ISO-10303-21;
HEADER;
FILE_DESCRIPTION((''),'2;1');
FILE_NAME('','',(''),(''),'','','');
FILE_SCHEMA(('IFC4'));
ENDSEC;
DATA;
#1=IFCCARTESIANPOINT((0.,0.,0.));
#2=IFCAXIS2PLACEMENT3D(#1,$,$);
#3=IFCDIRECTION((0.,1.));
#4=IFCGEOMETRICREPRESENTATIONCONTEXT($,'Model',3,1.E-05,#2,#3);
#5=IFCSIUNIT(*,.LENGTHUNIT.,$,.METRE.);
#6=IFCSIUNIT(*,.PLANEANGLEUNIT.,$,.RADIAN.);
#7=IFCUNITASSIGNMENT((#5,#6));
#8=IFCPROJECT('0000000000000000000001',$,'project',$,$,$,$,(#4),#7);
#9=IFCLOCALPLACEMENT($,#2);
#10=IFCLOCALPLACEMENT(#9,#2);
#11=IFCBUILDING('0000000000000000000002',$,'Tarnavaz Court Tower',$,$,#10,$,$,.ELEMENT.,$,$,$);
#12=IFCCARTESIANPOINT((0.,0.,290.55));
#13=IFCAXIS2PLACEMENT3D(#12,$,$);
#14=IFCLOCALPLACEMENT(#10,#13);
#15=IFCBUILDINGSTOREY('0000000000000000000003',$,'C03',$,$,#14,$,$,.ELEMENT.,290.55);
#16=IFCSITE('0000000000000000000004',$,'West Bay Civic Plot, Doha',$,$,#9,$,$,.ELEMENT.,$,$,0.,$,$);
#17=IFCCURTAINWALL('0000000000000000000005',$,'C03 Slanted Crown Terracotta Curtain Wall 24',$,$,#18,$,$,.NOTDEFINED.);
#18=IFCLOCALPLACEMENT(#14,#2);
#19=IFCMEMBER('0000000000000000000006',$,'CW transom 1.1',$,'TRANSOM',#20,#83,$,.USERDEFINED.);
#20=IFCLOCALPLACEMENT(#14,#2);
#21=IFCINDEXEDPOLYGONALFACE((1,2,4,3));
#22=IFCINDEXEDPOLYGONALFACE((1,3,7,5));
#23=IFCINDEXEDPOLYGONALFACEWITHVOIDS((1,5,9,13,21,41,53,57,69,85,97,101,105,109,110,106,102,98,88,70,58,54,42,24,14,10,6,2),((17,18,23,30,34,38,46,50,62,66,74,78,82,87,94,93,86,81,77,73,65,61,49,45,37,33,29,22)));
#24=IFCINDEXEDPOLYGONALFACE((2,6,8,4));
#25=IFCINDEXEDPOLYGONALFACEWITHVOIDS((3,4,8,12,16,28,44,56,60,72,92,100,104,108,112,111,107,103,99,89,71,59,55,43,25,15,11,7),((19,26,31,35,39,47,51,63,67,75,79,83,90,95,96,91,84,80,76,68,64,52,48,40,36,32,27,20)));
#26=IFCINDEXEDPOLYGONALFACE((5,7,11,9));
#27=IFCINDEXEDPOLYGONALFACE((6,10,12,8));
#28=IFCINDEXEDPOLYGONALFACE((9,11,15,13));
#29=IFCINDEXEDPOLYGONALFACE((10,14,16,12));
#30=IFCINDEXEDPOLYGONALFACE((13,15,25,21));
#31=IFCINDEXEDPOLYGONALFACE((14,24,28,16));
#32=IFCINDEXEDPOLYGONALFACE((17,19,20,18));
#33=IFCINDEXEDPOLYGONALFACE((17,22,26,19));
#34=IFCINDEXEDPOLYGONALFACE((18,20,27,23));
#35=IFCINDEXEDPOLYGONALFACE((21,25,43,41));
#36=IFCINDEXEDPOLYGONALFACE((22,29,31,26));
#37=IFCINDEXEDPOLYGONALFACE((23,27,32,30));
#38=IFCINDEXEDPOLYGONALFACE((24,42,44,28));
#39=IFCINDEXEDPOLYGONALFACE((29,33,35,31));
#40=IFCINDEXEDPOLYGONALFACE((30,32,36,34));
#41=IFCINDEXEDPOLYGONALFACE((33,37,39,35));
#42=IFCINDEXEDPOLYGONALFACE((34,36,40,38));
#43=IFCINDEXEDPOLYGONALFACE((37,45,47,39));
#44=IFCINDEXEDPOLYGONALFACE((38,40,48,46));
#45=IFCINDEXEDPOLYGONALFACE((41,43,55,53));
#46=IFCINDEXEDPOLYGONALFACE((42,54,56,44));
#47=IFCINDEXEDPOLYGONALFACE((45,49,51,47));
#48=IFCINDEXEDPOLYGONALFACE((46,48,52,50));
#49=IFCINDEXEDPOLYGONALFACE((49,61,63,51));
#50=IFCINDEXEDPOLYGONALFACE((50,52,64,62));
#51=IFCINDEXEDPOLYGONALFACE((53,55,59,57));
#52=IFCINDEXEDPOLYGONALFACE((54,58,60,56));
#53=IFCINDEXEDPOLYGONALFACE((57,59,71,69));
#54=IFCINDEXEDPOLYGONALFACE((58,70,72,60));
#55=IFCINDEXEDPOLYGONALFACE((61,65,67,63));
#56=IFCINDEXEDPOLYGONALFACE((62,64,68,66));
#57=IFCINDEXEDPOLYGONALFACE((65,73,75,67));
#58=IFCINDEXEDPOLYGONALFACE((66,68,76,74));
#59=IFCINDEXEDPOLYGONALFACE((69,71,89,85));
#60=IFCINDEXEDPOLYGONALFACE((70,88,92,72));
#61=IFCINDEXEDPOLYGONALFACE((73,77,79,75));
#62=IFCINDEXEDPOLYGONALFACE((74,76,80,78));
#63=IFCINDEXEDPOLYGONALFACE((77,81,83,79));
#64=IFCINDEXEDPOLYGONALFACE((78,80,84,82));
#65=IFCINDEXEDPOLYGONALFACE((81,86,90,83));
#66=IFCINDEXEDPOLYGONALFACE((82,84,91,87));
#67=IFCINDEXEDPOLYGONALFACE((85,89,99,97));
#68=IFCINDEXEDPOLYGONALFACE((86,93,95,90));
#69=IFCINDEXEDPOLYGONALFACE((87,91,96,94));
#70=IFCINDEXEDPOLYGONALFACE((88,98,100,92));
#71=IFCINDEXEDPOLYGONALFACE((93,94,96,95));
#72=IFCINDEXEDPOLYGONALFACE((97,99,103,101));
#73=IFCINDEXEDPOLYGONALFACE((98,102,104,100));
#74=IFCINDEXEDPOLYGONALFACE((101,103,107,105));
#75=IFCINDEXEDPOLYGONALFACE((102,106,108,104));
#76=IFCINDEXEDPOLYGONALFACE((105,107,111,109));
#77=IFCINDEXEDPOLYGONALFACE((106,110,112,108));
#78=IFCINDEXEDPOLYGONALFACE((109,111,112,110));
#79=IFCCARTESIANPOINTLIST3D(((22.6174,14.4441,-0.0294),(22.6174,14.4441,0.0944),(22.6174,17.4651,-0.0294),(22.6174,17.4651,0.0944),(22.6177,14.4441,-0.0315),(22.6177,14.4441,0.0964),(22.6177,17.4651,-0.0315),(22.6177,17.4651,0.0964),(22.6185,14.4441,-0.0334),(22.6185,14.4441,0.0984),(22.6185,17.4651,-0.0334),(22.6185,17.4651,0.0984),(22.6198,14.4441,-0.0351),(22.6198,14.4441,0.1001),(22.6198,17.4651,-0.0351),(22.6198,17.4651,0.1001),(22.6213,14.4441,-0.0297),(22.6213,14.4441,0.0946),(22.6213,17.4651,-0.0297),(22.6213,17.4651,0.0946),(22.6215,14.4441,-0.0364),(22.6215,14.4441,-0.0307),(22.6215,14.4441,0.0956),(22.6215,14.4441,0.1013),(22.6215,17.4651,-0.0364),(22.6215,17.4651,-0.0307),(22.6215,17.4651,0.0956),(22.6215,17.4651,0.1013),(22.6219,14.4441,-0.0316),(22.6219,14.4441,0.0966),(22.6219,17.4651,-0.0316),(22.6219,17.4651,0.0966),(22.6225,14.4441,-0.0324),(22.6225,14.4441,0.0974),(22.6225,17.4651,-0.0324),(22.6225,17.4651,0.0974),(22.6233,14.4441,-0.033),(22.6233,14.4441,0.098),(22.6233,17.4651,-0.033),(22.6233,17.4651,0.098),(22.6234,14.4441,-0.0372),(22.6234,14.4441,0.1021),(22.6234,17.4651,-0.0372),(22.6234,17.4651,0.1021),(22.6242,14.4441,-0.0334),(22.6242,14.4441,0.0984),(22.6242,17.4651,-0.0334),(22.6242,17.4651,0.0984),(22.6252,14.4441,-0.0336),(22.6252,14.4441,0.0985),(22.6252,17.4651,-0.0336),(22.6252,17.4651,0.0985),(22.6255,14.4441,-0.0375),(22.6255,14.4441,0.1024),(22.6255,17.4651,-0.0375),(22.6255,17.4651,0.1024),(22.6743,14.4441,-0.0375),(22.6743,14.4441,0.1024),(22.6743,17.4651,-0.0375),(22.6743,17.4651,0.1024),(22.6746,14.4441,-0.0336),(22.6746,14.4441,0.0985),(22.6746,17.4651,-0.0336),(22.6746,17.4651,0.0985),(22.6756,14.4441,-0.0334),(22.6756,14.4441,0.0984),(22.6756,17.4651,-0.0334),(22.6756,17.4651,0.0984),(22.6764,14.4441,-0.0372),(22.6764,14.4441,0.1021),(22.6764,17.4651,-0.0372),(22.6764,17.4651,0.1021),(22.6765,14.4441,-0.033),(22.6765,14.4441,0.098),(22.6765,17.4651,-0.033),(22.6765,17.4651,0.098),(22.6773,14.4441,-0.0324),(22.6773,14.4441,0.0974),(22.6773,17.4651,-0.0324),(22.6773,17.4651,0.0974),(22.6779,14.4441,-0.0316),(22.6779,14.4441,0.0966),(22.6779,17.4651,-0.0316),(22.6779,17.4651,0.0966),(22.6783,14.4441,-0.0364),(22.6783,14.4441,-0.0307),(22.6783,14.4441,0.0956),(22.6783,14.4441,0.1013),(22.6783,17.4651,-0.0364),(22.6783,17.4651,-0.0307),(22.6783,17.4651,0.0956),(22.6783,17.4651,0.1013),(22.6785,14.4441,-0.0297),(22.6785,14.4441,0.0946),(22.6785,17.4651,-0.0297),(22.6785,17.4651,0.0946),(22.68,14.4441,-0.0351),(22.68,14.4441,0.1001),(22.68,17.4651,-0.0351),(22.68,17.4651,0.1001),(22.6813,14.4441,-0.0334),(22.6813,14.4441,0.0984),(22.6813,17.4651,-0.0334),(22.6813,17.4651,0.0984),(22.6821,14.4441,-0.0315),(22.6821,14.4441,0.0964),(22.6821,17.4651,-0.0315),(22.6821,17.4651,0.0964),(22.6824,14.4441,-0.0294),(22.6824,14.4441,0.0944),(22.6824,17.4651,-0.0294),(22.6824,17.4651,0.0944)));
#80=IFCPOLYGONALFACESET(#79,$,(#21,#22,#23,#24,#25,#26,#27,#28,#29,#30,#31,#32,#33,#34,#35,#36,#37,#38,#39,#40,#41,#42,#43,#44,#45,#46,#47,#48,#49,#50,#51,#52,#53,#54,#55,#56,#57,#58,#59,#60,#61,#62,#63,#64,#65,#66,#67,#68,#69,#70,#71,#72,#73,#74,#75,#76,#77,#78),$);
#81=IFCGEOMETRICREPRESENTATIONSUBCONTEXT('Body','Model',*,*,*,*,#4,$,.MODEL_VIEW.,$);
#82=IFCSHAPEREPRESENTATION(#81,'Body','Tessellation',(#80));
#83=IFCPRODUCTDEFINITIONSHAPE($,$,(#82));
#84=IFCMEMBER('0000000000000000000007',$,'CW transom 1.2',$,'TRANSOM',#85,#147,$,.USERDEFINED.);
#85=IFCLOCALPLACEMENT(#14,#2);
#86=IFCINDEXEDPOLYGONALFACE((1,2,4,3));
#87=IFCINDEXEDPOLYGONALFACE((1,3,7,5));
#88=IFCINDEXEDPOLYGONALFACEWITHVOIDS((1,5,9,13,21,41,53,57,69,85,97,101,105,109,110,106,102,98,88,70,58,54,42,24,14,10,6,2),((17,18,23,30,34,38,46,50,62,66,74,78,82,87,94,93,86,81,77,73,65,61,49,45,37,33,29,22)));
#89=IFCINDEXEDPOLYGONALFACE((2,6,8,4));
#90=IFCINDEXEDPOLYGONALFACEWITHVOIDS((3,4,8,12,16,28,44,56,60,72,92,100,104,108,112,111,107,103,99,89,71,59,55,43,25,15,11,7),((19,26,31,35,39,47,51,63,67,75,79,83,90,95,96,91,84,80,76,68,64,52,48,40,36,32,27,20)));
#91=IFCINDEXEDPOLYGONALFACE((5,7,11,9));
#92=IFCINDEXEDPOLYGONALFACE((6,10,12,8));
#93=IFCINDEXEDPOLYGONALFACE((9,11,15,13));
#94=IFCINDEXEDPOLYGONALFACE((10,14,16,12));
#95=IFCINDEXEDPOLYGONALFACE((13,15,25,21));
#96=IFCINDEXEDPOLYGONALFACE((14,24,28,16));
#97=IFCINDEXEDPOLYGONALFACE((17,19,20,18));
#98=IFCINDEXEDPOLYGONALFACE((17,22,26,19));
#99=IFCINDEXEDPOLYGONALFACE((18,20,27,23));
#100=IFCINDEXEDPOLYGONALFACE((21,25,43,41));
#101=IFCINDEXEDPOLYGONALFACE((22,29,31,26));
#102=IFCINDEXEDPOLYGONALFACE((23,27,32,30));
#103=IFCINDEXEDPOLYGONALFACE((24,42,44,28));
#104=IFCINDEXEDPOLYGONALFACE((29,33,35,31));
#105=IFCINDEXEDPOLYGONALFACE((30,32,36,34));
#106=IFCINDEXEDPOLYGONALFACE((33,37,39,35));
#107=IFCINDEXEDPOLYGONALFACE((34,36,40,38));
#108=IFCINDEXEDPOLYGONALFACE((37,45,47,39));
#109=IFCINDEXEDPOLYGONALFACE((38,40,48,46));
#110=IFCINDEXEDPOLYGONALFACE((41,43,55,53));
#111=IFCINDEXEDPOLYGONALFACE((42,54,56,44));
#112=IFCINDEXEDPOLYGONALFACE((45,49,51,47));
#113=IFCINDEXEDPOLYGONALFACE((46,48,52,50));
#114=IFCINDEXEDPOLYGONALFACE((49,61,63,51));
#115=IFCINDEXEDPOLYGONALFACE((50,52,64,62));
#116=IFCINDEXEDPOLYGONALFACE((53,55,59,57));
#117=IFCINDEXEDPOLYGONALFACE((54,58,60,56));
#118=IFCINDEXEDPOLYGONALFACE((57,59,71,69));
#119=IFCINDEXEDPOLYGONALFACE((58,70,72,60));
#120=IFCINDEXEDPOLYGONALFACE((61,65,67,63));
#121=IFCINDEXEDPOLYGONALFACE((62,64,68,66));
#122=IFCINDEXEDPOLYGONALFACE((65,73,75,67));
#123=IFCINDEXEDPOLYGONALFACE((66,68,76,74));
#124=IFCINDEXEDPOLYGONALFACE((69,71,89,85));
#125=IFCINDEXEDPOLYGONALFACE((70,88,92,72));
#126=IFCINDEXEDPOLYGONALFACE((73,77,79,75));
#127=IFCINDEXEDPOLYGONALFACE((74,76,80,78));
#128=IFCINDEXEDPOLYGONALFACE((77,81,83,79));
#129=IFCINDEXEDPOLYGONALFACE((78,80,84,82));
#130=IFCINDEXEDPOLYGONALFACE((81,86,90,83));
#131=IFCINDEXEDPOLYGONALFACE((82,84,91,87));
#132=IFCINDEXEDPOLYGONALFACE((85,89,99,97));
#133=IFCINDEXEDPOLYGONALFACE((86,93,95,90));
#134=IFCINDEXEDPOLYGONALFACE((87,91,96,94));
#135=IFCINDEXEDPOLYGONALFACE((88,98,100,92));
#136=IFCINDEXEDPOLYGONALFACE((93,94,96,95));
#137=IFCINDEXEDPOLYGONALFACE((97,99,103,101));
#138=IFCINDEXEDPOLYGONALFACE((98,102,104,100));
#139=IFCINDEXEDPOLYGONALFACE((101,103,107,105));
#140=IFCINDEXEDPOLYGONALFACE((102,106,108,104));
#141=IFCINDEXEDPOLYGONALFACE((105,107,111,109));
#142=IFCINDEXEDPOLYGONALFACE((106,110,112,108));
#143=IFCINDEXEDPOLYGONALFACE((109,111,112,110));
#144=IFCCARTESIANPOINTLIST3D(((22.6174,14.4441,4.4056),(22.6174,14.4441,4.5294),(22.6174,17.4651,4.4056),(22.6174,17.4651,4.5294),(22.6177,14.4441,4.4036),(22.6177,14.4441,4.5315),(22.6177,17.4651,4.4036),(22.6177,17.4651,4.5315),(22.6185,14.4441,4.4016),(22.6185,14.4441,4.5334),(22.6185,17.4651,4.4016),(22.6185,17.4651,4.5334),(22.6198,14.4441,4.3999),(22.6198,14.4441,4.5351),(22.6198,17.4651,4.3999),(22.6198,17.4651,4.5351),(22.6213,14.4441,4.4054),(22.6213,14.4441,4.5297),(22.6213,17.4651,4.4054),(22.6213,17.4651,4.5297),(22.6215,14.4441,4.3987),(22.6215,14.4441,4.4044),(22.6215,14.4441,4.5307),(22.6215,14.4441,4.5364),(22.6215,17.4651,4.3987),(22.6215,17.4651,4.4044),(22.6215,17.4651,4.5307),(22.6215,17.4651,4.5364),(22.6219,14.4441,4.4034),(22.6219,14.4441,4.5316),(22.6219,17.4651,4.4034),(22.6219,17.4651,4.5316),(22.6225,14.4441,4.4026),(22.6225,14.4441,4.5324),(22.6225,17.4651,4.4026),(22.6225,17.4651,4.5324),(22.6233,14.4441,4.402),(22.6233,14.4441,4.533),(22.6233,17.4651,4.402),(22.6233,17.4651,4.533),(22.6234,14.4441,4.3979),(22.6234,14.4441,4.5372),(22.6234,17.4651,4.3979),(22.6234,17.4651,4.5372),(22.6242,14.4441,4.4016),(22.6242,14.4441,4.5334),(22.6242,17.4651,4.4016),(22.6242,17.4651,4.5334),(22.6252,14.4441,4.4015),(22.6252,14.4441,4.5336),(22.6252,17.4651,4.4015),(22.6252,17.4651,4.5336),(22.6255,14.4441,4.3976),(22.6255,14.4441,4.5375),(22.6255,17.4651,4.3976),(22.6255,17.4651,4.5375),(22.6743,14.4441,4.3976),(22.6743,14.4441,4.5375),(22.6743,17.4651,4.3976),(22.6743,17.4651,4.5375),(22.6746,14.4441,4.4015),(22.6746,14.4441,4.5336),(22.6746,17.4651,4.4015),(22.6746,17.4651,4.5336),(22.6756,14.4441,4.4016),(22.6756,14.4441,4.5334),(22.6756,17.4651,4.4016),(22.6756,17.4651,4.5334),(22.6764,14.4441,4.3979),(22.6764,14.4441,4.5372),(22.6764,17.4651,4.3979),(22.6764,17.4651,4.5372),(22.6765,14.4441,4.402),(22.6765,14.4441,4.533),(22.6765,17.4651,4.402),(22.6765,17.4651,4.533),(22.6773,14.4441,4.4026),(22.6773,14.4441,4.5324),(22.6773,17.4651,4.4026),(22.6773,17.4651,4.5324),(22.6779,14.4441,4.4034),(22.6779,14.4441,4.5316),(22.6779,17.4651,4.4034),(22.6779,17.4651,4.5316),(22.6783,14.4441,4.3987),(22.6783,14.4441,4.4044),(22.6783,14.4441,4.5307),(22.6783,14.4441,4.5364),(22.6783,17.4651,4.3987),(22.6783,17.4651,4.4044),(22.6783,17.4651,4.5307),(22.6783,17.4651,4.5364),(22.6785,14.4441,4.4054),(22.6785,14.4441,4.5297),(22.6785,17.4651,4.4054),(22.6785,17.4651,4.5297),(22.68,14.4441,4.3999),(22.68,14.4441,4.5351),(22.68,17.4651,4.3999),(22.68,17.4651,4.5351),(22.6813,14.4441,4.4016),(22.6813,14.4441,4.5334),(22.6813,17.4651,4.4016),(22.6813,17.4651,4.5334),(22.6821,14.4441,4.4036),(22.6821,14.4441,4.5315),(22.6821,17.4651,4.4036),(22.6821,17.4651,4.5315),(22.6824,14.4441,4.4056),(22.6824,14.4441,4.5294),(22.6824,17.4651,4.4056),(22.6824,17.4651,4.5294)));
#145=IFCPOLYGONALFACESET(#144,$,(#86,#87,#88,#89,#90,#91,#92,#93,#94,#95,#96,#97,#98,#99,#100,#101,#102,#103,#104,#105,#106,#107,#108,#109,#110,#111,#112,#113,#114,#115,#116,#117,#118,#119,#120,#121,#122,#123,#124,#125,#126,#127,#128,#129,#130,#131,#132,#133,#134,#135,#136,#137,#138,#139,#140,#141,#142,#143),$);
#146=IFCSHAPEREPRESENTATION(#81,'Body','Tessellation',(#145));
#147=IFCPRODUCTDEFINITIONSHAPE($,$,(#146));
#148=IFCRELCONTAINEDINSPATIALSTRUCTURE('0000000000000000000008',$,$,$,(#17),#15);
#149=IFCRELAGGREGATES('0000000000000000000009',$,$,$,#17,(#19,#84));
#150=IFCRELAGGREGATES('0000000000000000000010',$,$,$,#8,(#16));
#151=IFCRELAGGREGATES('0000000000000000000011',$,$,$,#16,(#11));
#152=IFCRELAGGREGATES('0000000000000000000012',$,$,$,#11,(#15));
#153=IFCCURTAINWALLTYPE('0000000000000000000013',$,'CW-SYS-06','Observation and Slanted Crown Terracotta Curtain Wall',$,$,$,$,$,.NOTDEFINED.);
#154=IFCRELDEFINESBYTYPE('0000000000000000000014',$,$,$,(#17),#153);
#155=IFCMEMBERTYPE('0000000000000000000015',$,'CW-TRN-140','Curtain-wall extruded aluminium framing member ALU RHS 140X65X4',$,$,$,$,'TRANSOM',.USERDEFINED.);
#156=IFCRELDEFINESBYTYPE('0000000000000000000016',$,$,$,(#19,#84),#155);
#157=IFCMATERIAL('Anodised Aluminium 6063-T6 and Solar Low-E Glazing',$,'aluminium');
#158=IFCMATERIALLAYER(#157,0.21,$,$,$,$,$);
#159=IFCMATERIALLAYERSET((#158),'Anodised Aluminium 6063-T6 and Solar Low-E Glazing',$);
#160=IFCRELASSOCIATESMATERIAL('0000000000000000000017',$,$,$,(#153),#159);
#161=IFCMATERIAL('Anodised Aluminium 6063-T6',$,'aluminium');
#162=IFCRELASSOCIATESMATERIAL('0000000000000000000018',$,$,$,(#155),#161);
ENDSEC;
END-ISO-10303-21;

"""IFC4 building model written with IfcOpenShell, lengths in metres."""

from ifc_helpers import new_model, si_unit, direction, frame, origin, origin_2d, place, context, subcontext, project, spatial, hollow_rectangle, extrude, material, layer, layer_set, material_profile, profile_set, type_object, element, aggregate, save


model = new_model("IFC4")

# Units and contexts
model_context = context("Model", 3, precision=1e-05, world=origin(), true_north=direction((0.0, 1.0)))
body_context = subcontext(model_context, "Body", "Model", "MODEL_VIEW")
ifc_project = project(units=[si_unit("LENGTHUNIT", "METRE"), si_unit("PLANEANGLEUNIT", "RADIAN")], contexts=[model_context])

# Site, building, storey
site_placement = place(None, origin())
site = spatial("IfcSite", under=ifc_project, at=site_placement, Name="West Bay Civic Plot, Doha", CompositionType="ELEMENT", RefElevation=0.0)
building_placement = place(site_placement, origin())
building = spatial("IfcBuilding", under=site, at=building_placement, Name="Tarnavaz Court Tower", CompositionType="ELEMENT")
storey_placement = place(building_placement, frame((0.0, 0.0, 290.55)))
storey = spatial("IfcBuildingStorey", under=building, at=storey_placement, Name="C03", CompositionType="ELEMENT", Elevation=290.55)

# Shared definitions
ifc_material_1 = material(Name="Anodised Aluminium 6063-T6 and Solar Low-E Glazing", Category="aluminium")
ifc_layer_1 = layer(ifc_material_1, 0.21)
ifc_layer_set_1 = layer_set([ifc_layer_1], Name="Anodised Aluminium 6063-T6 and Solar Low-E Glazing")
curtain_wall_type = type_object("IfcCurtainWallType", Name="CW-SYS-06", Description="Observation and Slanted Crown Terracotta Curtain Wall", PredefinedType="NOTDEFINED", material=ifc_layer_set_1)
ifc_material_2 = material(Name="Anodised Aluminium 6063-T6", Category="aluminium")

# Curtain wall
curtain_wall_1_placement = place(storey_placement, origin())
curtain_wall_1 = element("IfcCurtainWall", 1, at=curtain_wall_1_placement, inside=storey, type_object=curtain_wall_type, Name="C03 Slanted Crown Terracotta Curtain Wall 24", PredefinedType="NOTDEFINED")

# Members
ifc_material_profile_1 = material_profile(ifc_material_2, hollow_rectangle(XDim=0.0649, YDim=0.1399, WallThickness=0.0039, InnerFilletRadius=0.0039, OuterFilletRadius=0.0081, at=origin_2d()), Name="ALU RHS 140X65X4")
ifc_profile_set_1 = profile_set([ifc_material_profile_1], Name="Anodised Aluminium 6063-T6")
member_type_1 = type_object("IfcMemberType", Name="CW-TRN-140", Description="Curtain-wall extruded aluminium framing member ALU RHS 140X65X4", ElementType="TRANSOM", PredefinedType="USERDEFINED", material=ifc_profile_set_1)
member_1_placement = place(storey_placement, frame((22.6499, 17.4651, 0.0325), z_axis=(0.0, -1.0, 0.0), x_axis=(1.0, 0.0, 0.0)))
member_1 = element("IfcMember", 2, at=member_1_placement, type_object=member_type_1, Name="CW transom 1.1", ObjectType="TRANSOM", PredefinedType="USERDEFINED", context=body_context, shape_type="SweptSolid", body=[
    extrude(hollow_rectangle(XDim=0.0649, YDim=0.1399, WallThickness=0.0039, InnerFilletRadius=0.0039, OuterFilletRadius=0.0081, at=origin_2d()), origin(), (0.0, 0.0, 1.0), 3.021),
])
member_2_placement = place(storey_placement, frame((22.6499, 17.4651, 4.4675), z_axis=(0.0, -1.0, 0.0), x_axis=(1.0, 0.0, 0.0)))
member_2 = element("IfcMember", 3, at=member_2_placement, type_object=member_type_1, Name="CW transom 1.2", ObjectType="TRANSOM", PredefinedType="USERDEFINED", context=body_context, shape_type="SweptSolid", body=[
    extrude(hollow_rectangle(XDim=0.0649, YDim=0.1399, WallThickness=0.0039, InnerFilletRadius=0.0039, OuterFilletRadius=0.0081, at=origin_2d()), origin(), (0.0, 0.0, 1.0), 3.021),
])

aggregate(curtain_wall_1, [member_1, member_2])

save(model, "model.ifc")
